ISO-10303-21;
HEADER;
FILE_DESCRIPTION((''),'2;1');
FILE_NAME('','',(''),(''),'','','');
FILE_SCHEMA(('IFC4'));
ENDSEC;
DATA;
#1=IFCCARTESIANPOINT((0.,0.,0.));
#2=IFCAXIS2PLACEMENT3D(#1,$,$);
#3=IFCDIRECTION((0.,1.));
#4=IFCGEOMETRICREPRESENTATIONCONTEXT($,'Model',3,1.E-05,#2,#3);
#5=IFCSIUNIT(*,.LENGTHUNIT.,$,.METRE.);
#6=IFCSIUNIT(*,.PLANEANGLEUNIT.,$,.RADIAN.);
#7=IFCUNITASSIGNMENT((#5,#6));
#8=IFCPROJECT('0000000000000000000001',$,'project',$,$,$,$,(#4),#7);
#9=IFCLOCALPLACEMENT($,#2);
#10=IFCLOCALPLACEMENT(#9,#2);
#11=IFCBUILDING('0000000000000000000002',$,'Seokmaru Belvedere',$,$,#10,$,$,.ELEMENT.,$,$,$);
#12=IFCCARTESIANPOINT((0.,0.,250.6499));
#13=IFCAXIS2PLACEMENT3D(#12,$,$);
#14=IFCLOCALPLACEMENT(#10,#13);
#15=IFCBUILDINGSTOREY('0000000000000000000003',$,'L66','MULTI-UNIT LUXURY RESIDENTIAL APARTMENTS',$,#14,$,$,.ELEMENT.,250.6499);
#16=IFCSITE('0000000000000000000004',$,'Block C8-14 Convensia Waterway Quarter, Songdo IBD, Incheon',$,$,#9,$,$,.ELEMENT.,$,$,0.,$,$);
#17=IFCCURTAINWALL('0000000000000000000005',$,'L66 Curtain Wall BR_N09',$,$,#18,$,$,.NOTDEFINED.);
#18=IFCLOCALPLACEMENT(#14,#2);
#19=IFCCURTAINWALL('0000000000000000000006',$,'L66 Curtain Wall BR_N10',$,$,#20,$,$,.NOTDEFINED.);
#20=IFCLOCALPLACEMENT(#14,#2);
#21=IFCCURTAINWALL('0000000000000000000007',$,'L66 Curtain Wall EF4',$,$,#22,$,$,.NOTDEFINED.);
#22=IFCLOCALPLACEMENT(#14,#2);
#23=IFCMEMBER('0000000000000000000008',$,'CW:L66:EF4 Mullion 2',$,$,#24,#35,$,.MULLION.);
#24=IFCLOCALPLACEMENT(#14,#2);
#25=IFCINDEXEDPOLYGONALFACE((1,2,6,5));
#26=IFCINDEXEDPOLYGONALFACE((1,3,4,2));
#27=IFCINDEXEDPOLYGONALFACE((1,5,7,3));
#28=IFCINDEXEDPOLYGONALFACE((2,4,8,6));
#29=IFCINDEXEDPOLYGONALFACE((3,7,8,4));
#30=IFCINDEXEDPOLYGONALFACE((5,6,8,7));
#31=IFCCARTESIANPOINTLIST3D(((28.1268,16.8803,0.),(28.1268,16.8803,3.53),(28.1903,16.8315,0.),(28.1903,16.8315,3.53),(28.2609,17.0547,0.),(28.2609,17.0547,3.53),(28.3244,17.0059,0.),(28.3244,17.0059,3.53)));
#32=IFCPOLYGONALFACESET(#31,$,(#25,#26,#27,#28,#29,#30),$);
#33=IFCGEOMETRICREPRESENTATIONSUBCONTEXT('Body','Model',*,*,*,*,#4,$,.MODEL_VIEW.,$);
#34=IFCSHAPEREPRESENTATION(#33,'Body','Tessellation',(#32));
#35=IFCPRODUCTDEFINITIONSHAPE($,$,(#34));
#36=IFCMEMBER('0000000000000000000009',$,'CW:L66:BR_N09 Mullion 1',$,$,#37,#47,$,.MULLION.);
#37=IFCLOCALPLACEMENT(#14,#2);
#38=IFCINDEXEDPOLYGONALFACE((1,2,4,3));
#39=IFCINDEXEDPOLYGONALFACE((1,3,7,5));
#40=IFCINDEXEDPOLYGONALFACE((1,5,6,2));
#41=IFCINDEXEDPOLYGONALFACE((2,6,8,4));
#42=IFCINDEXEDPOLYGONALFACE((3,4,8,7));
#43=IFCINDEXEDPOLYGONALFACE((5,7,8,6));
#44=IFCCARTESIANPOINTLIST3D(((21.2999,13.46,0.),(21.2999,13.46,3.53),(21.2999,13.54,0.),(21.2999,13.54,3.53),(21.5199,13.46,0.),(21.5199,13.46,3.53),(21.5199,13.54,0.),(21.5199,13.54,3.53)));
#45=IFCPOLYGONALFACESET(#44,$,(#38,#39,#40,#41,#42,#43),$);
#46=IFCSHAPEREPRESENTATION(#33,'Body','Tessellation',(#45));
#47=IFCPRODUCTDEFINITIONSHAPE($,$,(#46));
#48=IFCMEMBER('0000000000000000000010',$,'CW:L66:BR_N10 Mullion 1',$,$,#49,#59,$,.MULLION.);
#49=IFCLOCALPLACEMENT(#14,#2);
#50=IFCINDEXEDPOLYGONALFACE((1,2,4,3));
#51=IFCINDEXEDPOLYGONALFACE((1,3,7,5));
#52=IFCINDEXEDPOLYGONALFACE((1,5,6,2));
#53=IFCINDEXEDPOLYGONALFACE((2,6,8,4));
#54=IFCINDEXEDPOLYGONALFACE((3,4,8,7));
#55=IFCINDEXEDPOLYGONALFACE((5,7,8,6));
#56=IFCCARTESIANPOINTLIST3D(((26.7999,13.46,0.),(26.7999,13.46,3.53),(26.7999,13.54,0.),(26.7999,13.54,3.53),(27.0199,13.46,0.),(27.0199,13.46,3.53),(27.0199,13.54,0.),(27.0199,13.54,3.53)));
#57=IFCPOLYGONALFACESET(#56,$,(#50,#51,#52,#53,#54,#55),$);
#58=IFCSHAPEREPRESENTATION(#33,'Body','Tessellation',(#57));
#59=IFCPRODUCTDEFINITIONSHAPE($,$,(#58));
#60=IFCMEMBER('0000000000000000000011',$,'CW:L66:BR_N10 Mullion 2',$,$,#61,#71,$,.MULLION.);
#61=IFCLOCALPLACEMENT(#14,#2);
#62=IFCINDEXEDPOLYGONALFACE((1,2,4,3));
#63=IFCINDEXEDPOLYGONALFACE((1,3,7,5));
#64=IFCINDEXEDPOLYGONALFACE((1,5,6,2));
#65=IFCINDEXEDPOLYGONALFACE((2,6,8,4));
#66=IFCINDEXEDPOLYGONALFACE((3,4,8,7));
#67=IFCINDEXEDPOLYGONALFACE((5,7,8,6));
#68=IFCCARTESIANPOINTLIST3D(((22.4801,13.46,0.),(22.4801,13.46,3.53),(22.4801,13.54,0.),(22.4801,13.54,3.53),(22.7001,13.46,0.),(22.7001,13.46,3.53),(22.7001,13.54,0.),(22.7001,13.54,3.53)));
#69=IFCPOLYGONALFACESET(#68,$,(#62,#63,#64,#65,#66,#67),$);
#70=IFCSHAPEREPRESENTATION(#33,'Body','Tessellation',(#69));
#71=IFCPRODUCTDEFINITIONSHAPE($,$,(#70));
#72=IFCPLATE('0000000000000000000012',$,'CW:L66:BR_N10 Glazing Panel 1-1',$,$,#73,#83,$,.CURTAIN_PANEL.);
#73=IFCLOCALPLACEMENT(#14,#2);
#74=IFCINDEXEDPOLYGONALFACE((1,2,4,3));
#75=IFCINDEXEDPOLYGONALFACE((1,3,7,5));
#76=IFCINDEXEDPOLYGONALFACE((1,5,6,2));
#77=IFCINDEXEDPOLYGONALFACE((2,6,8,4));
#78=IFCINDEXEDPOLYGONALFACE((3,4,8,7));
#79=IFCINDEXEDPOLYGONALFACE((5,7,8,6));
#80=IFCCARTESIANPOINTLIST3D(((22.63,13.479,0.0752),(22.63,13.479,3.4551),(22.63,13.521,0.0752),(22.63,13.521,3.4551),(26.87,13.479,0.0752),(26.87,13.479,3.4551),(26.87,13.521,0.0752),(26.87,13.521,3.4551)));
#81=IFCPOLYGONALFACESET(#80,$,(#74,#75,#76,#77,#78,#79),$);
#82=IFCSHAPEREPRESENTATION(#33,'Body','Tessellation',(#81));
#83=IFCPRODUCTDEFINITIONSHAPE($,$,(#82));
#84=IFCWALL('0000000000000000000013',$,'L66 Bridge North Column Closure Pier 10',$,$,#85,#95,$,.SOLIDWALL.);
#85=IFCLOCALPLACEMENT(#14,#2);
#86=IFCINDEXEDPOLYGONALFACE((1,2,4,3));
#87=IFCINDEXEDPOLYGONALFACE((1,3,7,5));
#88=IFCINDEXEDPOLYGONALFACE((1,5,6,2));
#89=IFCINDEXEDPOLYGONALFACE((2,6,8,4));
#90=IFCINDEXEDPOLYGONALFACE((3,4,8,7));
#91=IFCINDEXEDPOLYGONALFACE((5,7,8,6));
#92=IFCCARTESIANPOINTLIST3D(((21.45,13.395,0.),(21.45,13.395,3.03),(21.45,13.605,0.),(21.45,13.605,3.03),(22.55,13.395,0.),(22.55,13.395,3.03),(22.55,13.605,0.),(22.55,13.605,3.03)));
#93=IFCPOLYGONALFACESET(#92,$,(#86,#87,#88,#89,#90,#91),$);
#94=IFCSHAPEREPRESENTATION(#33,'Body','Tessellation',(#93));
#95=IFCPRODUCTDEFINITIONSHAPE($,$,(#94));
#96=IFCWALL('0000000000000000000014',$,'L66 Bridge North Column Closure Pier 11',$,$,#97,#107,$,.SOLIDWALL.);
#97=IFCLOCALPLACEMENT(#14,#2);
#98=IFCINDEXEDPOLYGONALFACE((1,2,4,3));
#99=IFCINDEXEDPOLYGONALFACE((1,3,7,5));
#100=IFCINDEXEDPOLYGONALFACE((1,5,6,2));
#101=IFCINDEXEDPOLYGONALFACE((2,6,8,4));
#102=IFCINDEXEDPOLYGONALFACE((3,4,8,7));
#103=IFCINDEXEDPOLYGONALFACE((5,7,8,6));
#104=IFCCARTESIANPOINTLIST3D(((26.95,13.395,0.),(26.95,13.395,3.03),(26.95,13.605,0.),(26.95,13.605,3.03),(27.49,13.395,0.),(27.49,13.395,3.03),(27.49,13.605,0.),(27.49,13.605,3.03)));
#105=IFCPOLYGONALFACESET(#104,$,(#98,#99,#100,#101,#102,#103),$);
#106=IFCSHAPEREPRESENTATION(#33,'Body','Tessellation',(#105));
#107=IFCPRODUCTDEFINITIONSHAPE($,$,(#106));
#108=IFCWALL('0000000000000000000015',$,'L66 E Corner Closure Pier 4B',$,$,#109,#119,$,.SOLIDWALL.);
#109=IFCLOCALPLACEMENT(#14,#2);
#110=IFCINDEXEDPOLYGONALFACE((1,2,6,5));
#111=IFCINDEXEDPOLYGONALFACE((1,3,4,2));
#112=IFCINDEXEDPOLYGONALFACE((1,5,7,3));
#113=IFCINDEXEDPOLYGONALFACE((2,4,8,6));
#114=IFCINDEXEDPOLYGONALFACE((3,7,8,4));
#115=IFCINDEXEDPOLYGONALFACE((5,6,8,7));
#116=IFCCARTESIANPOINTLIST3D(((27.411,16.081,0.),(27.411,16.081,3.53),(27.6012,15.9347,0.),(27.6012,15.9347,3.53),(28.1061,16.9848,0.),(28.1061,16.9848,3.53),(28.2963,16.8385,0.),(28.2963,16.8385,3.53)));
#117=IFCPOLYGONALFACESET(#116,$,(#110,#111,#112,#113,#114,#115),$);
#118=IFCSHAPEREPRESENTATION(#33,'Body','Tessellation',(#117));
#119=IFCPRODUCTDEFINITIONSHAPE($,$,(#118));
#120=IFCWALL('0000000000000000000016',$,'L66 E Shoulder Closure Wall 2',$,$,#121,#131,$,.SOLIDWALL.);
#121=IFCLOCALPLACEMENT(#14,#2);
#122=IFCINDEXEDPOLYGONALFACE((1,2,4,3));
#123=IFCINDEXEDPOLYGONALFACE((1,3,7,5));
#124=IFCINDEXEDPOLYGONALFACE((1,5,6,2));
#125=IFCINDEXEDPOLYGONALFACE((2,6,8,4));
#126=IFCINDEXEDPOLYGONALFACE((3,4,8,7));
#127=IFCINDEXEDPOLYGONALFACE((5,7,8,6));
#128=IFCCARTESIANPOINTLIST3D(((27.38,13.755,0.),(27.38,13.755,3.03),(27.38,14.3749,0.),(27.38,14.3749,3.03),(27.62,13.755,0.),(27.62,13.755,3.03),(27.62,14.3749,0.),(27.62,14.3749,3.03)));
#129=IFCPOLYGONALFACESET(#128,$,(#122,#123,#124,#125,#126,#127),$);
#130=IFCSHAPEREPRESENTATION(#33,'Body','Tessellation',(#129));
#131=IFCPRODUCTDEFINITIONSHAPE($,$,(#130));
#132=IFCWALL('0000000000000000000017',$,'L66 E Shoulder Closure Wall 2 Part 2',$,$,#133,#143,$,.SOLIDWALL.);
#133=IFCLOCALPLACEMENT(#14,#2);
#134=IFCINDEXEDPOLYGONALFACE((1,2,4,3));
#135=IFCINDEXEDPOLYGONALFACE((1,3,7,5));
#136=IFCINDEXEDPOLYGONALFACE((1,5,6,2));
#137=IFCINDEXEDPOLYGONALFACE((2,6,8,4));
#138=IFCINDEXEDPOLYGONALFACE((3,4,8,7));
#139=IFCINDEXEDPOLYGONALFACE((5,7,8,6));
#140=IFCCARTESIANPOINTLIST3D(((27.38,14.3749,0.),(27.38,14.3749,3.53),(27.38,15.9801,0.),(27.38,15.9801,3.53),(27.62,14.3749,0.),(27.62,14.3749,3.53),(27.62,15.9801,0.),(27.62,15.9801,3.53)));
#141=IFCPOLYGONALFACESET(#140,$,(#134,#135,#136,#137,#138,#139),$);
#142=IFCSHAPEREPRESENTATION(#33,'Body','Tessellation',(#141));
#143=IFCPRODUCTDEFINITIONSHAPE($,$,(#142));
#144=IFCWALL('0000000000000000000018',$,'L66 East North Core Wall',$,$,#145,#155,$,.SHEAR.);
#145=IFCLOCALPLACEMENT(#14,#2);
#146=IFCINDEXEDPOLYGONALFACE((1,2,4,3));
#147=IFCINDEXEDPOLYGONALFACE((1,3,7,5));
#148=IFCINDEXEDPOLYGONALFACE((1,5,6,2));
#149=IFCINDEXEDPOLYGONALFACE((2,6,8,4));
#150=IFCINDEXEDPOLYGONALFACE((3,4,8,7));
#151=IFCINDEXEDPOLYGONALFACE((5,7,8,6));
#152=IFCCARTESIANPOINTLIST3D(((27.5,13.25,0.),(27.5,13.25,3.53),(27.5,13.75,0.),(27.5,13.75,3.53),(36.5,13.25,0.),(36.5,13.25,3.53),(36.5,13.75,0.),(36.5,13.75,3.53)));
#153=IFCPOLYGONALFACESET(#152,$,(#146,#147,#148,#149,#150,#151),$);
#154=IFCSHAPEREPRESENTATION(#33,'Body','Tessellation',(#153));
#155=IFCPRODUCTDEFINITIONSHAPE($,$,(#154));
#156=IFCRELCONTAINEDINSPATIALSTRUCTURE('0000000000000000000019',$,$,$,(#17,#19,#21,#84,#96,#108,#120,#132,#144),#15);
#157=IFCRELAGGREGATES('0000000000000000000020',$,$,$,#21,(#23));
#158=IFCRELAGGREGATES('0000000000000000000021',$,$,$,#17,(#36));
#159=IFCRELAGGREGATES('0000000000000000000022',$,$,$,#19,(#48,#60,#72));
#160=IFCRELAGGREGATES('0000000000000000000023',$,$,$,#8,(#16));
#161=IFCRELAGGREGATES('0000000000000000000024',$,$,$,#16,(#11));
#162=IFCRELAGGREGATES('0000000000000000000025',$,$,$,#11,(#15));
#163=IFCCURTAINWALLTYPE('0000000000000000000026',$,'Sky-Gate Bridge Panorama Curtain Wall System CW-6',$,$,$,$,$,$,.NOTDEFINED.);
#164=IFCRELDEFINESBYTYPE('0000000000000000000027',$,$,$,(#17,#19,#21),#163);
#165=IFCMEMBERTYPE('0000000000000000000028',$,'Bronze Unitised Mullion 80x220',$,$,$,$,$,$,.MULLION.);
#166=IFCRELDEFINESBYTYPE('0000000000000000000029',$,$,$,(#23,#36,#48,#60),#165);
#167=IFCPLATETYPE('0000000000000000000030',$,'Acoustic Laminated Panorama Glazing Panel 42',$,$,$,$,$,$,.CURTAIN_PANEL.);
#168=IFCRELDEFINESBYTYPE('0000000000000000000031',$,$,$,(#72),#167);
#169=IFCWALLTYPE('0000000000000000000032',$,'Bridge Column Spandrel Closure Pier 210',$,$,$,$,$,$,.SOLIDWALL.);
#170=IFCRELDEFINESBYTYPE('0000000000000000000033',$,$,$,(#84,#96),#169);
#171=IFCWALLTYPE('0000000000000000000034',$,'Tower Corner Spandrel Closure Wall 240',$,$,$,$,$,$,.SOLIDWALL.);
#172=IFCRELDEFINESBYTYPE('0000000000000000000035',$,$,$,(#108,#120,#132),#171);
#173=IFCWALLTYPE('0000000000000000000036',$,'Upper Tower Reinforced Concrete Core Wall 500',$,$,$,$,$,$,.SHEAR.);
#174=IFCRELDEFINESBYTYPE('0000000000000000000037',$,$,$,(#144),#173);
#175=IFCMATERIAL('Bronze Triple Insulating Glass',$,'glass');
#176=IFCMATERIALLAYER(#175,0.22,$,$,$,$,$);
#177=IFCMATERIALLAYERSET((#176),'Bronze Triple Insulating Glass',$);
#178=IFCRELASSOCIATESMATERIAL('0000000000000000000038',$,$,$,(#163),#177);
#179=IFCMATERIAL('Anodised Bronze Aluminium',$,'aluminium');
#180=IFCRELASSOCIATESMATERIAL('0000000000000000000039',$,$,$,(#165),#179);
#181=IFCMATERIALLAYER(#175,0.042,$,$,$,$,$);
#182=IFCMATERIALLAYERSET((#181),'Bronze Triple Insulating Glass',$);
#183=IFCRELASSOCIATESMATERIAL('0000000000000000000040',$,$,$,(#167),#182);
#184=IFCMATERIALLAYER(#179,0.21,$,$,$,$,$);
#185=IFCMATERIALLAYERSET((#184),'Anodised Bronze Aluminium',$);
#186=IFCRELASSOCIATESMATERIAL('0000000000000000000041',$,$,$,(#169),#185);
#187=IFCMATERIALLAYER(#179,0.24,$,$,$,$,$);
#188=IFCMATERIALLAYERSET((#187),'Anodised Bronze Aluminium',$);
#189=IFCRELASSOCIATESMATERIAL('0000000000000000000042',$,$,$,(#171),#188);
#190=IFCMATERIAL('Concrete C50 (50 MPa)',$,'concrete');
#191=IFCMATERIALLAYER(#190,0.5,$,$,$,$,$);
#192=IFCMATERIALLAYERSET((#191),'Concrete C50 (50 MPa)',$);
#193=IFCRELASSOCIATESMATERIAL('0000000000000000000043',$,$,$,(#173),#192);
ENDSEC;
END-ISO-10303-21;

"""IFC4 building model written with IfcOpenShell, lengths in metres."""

from ifc_helpers import new_model, si_unit, direction, frame, frame_2d, origin, origin_2d, place, context, subcontext, project, spatial, rectangle, extrude, source, transform, mapped, material, layer, layer_set, material_profile, profile_set, type_object, type_shapes, element, aggregate, save


model = new_model("IFC4")

# Units and contexts
model_context = context("Model", 3, precision=1e-05, world=origin(), true_north=direction((0.0, 1.0)))
body_context = subcontext(model_context, "Body", "Model", "MODEL_VIEW")
ifc_project = project(units=[si_unit("LENGTHUNIT", "METRE"), si_unit("PLANEANGLEUNIT", "RADIAN")], contexts=[model_context])

# Site, building, storey
site_placement = place(None, origin())
site = spatial("IfcSite", under=ifc_project, at=site_placement, Name="Block C8-14 Convensia Waterway Quarter, Songdo IBD, Incheon", CompositionType="ELEMENT", RefElevation=0.0)
building_placement = place(site_placement, origin())
building = spatial("IfcBuilding", under=site, at=building_placement, Name="Seokmaru Belvedere", CompositionType="ELEMENT")
storey_placement = place(building_placement, frame((0.0, 0.0, 250.6499)))
storey = spatial("IfcBuildingStorey", under=building, at=storey_placement, Name="L66", Description="MULTI-UNIT LUXURY RESIDENTIAL APARTMENTS", CompositionType="ELEMENT", Elevation=250.6499)

# Curtain walls
ifc_material_1 = material(Name="Bronze Triple Insulating Glass", Category="glass")
ifc_layer_1 = layer(ifc_material_1, 0.22)
ifc_layer_set_1 = layer_set([ifc_layer_1], Name="Bronze Triple Insulating Glass")
curtain_wall_type = type_object("IfcCurtainWallType", Name="Sky-Gate Bridge Panorama Curtain Wall System CW-6", PredefinedType="NOTDEFINED", material=ifc_layer_set_1)
curtain_wall_1_placement = place(storey_placement, origin())
curtain_wall_1 = element("IfcCurtainWall", 1, at=curtain_wall_1_placement, inside=storey, type_object=curtain_wall_type, Name="L66 Curtain Wall BR_N09", PredefinedType="NOTDEFINED")
ifc_material_2 = material(Name="Anodised Bronze Aluminium", Category="aluminium")
curtain_wall_2_placement = place(storey_placement, origin())
curtain_wall_2 = element("IfcCurtainWall", 2, at=curtain_wall_2_placement, inside=storey, type_object=curtain_wall_type, Name="L66 Curtain Wall BR_N10", PredefinedType="NOTDEFINED")

# Curtain wall, member
curtain_wall_3_placement = place(storey_placement, origin())
curtain_wall_3 = element("IfcCurtainWall", 3, at=curtain_wall_3_placement, inside=storey, type_object=curtain_wall_type, Name="L66 Curtain Wall EF4", PredefinedType="NOTDEFINED")
ifc_material_profile_1 = material_profile(ifc_material_2, rectangle(XDim=0.0801, YDim=0.22, at=origin_2d()), Name="CW-M-80x220")
ifc_profile_set_1 = profile_set([ifc_material_profile_1], Name="Anodised Bronze Aluminium")
member_type_1 = type_object("IfcMemberType", Name="Bronze Unitised Mullion 80x220", PredefinedType="MULLION", material=ifc_profile_set_1)
shared_shape_1 = source(origin(), body_context, "Body", "SweptSolid", [
    extrude(rectangle(XDim=0.0801, YDim=0.22, at=origin_2d()), origin(), (0.0, 0.0, 1.0), 3.53),
])
type_shapes(member_type_1, [shared_shape_1])
member_1_placement = place(storey_placement, frame((28.2256, 16.9431, 0.0), z_axis=(0.0, 0.0, 1.0), x_axis=(0.792631, -0.609701, 0.0)))
member_1 = element("IfcMember", 4, at=member_1_placement, type_object=member_type_1, Name="CW:L66:EF4 Mullion 2", PredefinedType="MULLION", context=body_context, shape_type="MappedRepresentation", body=[
    mapped(shared_shape_1, transform((0.0, 0.0, 0.0), scale=1.0)),
])
aggregate(curtain_wall_3, [member_1])

# Members
member_2_placement = place(storey_placement, frame((21.4099, 13.5, 0.0), z_axis=(0.0, 0.0, 1.0), x_axis=(0.0, -1.0, 0.0)))
member_2 = element("IfcMember", 5, at=member_2_placement, type_object=member_type_1, Name="CW:L66:BR_N09 Mullion 1", PredefinedType="MULLION", context=body_context, shape_type="MappedRepresentation", body=[
    mapped(shared_shape_1, transform((0.0, 0.0, 0.0), scale=1.0)),
])
aggregate(curtain_wall_1, [member_2])
member_3_placement = place(storey_placement, frame((26.9099, 13.5, 0.0), z_axis=(0.0, 0.0, 1.0), x_axis=(0.0, -1.0, 0.0)))
member_3 = element("IfcMember", 6, at=member_3_placement, type_object=member_type_1, Name="CW:L66:BR_N10 Mullion 1", PredefinedType="MULLION", context=body_context, shape_type="MappedRepresentation", body=[
    mapped(shared_shape_1, transform((0.0, 0.0, 0.0), scale=1.0)),
])
member_4_placement = place(storey_placement, frame((22.5901, 13.5, 0.0), z_axis=(0.0, 0.0, 1.0), x_axis=(0.0, -1.0, 0.0)))
member_4 = element("IfcMember", 7, at=member_4_placement, type_object=member_type_1, Name="CW:L66:BR_N10 Mullion 2", PredefinedType="MULLION", context=body_context, shape_type="MappedRepresentation", body=[
    mapped(shared_shape_1, transform((0.0, 0.0, 0.0), scale=1.0)),
])

# Plate
ifc_layer_2 = layer(ifc_material_1, 0.042)
ifc_layer_set_2 = layer_set([ifc_layer_2], Name="Bronze Triple Insulating Glass")
plate_type = type_object("IfcPlateType", Name="Acoustic Laminated Panorama Glazing Panel 42", PredefinedType="CURTAIN_PANEL", material=ifc_layer_set_2)
shared_shape_2 = source(origin(), body_context, "Body", "SweptSolid", [
    extrude(rectangle(XDim=4.24, YDim=0.042, at=origin_2d()), origin(), (0.0, 0.0, 1.0), 3.3799),
])
type_shapes(plate_type, [shared_shape_2])
plate_placement = place(storey_placement, frame((24.75, 13.5, 0.0752), z_axis=(0.0, 0.0, 1.0), x_axis=(-1.0, 0.0, 0.0)))
plate = element("IfcPlate", 8, at=plate_placement, type_object=plate_type, Name="CW:L66:BR_N10 Glazing Panel 1-1", PredefinedType="CURTAIN_PANEL", context=body_context, shape_type="MappedRepresentation", body=[
    mapped(shared_shape_2, transform((0.0, 0.0, 0.0), scale=1.0)),
])
aggregate(curtain_wall_2, [member_3, member_4, plate])

# Walls
ifc_layer_3 = layer(ifc_material_2, 0.21)
ifc_layer_set_3 = layer_set([ifc_layer_3], Name="Anodised Bronze Aluminium")
wall_type_1 = type_object("IfcWallType", Name="Bridge Column Spandrel Closure Pier 210", PredefinedType="SOLIDWALL", material=ifc_layer_set_3)
wall_1_placement = place(storey_placement, frame((21.45, 13.5, 0.0), z_axis=(0.0, 0.0, 1.0), x_axis=(1.0, 0.0, 0.0)))
element("IfcWall", 9, at=wall_1_placement, inside=storey, type_object=wall_type_1, Name="L66 Bridge North Column Closure Pier 10", PredefinedType="SOLIDWALL", context=body_context, shape_type="SweptSolid", body=[
    extrude(rectangle(XDim=1.1001, YDim=0.21, at=frame_2d((0.55, 0.0))), origin(), (0.0, 0.0, 1.0), 3.03),
])
wall_2_placement = place(storey_placement, frame((26.95, 13.5, 0.0), z_axis=(0.0, 0.0, 1.0), x_axis=(1.0, 0.0, 0.0)))
element("IfcWall", 10, at=wall_2_placement, inside=storey, type_object=wall_type_1, Name="L66 Bridge North Column Closure Pier 11", PredefinedType="SOLIDWALL", context=body_context, shape_type="SweptSolid", body=[
    extrude(rectangle(XDim=0.54, YDim=0.21, at=frame_2d((0.27, 0.0))), origin(), (0.0, 0.0, 1.0), 3.03),
])
ifc_layer_4 = layer(ifc_material_2, 0.24)
ifc_layer_set_4 = layer_set([ifc_layer_4], Name="Anodised Bronze Aluminium")
wall_type_2 = type_object("IfcWallType", Name="Tower Corner Spandrel Closure Wall 240", PredefinedType="SOLIDWALL", material=ifc_layer_set_4)
wall_3_placement = place(storey_placement, frame((28.2012, 16.9116, 0.0), z_axis=(0.0, 0.0, 1.0), x_axis=(-0.609618, -0.792696, 0.0)))
element("IfcWall", 11, at=wall_3_placement, inside=storey, type_object=wall_type_2, Name="L66 E Corner Closure Pier 4B", PredefinedType="SOLIDWALL", context=body_context, shape_type="SweptSolid", body=[
    extrude(rectangle(XDim=1.1401, YDim=0.24, at=frame_2d((0.5701, 0.0))), origin(), (0.0, 0.0, 1.0), 3.53),
])
wall_4_placement = place(storey_placement, frame((27.5, 13.7549, 0.0), z_axis=(0.0, 0.0, 1.0), x_axis=(0.0, 1.0, 0.0)))
element("IfcWall", 12, at=wall_4_placement, inside=storey, type_object=wall_type_2, Name="L66 E Shoulder Closure Wall 2", PredefinedType="SOLIDWALL", context=body_context, shape_type="SweptSolid", body=[
    extrude(rectangle(XDim=0.6199, YDim=0.24, at=frame_2d((0.3101, 0.0))), origin(), (0.0, 0.0, 1.0), 3.03),
])
wall_5_placement = place(storey_placement, frame((27.5, 14.3748, 0.0), z_axis=(0.0, 0.0, 1.0), x_axis=(0.0, 1.0, 0.0)))
element("IfcWall", 13, at=wall_5_placement, inside=storey, type_object=wall_type_2, Name="L66 E Shoulder Closure Wall 2 Part 2", PredefinedType="SOLIDWALL", context=body_context, shape_type="SweptSolid", body=[
    extrude(rectangle(XDim=1.6052, YDim=0.24, at=frame_2d((0.8027, 0.0))), origin(), (0.0, 0.0, 1.0), 3.53),
])
ifc_material_3 = material(Name="Concrete C50 (50 MPa)", Category="concrete")
ifc_layer_5 = layer(ifc_material_3, 0.5)
ifc_layer_set_5 = layer_set([ifc_layer_5], Name="Concrete C50 (50 MPa)")
wall_type_3 = type_object("IfcWallType", Name="Upper Tower Reinforced Concrete Core Wall 500", PredefinedType="SHEAR", material=ifc_layer_set_5)
wall_6_placement = place(storey_placement, frame((27.5, 13.5, 0.0), z_axis=(0.0, 0.0, 1.0), x_axis=(1.0, 0.0, 0.0)))
element("IfcWall", 14, at=wall_6_placement, inside=storey, type_object=wall_type_3, Name="L66 East North Core Wall", PredefinedType="SHEAR", context=body_context, shape_type="SweptSolid", body=[
    extrude(rectangle(XDim=9.0, YDim=0.5, at=frame_2d((4.5, 0.0))), origin(), (0.0, 0.0, 1.0), 3.53),
])

save(model, "model.ifc")
